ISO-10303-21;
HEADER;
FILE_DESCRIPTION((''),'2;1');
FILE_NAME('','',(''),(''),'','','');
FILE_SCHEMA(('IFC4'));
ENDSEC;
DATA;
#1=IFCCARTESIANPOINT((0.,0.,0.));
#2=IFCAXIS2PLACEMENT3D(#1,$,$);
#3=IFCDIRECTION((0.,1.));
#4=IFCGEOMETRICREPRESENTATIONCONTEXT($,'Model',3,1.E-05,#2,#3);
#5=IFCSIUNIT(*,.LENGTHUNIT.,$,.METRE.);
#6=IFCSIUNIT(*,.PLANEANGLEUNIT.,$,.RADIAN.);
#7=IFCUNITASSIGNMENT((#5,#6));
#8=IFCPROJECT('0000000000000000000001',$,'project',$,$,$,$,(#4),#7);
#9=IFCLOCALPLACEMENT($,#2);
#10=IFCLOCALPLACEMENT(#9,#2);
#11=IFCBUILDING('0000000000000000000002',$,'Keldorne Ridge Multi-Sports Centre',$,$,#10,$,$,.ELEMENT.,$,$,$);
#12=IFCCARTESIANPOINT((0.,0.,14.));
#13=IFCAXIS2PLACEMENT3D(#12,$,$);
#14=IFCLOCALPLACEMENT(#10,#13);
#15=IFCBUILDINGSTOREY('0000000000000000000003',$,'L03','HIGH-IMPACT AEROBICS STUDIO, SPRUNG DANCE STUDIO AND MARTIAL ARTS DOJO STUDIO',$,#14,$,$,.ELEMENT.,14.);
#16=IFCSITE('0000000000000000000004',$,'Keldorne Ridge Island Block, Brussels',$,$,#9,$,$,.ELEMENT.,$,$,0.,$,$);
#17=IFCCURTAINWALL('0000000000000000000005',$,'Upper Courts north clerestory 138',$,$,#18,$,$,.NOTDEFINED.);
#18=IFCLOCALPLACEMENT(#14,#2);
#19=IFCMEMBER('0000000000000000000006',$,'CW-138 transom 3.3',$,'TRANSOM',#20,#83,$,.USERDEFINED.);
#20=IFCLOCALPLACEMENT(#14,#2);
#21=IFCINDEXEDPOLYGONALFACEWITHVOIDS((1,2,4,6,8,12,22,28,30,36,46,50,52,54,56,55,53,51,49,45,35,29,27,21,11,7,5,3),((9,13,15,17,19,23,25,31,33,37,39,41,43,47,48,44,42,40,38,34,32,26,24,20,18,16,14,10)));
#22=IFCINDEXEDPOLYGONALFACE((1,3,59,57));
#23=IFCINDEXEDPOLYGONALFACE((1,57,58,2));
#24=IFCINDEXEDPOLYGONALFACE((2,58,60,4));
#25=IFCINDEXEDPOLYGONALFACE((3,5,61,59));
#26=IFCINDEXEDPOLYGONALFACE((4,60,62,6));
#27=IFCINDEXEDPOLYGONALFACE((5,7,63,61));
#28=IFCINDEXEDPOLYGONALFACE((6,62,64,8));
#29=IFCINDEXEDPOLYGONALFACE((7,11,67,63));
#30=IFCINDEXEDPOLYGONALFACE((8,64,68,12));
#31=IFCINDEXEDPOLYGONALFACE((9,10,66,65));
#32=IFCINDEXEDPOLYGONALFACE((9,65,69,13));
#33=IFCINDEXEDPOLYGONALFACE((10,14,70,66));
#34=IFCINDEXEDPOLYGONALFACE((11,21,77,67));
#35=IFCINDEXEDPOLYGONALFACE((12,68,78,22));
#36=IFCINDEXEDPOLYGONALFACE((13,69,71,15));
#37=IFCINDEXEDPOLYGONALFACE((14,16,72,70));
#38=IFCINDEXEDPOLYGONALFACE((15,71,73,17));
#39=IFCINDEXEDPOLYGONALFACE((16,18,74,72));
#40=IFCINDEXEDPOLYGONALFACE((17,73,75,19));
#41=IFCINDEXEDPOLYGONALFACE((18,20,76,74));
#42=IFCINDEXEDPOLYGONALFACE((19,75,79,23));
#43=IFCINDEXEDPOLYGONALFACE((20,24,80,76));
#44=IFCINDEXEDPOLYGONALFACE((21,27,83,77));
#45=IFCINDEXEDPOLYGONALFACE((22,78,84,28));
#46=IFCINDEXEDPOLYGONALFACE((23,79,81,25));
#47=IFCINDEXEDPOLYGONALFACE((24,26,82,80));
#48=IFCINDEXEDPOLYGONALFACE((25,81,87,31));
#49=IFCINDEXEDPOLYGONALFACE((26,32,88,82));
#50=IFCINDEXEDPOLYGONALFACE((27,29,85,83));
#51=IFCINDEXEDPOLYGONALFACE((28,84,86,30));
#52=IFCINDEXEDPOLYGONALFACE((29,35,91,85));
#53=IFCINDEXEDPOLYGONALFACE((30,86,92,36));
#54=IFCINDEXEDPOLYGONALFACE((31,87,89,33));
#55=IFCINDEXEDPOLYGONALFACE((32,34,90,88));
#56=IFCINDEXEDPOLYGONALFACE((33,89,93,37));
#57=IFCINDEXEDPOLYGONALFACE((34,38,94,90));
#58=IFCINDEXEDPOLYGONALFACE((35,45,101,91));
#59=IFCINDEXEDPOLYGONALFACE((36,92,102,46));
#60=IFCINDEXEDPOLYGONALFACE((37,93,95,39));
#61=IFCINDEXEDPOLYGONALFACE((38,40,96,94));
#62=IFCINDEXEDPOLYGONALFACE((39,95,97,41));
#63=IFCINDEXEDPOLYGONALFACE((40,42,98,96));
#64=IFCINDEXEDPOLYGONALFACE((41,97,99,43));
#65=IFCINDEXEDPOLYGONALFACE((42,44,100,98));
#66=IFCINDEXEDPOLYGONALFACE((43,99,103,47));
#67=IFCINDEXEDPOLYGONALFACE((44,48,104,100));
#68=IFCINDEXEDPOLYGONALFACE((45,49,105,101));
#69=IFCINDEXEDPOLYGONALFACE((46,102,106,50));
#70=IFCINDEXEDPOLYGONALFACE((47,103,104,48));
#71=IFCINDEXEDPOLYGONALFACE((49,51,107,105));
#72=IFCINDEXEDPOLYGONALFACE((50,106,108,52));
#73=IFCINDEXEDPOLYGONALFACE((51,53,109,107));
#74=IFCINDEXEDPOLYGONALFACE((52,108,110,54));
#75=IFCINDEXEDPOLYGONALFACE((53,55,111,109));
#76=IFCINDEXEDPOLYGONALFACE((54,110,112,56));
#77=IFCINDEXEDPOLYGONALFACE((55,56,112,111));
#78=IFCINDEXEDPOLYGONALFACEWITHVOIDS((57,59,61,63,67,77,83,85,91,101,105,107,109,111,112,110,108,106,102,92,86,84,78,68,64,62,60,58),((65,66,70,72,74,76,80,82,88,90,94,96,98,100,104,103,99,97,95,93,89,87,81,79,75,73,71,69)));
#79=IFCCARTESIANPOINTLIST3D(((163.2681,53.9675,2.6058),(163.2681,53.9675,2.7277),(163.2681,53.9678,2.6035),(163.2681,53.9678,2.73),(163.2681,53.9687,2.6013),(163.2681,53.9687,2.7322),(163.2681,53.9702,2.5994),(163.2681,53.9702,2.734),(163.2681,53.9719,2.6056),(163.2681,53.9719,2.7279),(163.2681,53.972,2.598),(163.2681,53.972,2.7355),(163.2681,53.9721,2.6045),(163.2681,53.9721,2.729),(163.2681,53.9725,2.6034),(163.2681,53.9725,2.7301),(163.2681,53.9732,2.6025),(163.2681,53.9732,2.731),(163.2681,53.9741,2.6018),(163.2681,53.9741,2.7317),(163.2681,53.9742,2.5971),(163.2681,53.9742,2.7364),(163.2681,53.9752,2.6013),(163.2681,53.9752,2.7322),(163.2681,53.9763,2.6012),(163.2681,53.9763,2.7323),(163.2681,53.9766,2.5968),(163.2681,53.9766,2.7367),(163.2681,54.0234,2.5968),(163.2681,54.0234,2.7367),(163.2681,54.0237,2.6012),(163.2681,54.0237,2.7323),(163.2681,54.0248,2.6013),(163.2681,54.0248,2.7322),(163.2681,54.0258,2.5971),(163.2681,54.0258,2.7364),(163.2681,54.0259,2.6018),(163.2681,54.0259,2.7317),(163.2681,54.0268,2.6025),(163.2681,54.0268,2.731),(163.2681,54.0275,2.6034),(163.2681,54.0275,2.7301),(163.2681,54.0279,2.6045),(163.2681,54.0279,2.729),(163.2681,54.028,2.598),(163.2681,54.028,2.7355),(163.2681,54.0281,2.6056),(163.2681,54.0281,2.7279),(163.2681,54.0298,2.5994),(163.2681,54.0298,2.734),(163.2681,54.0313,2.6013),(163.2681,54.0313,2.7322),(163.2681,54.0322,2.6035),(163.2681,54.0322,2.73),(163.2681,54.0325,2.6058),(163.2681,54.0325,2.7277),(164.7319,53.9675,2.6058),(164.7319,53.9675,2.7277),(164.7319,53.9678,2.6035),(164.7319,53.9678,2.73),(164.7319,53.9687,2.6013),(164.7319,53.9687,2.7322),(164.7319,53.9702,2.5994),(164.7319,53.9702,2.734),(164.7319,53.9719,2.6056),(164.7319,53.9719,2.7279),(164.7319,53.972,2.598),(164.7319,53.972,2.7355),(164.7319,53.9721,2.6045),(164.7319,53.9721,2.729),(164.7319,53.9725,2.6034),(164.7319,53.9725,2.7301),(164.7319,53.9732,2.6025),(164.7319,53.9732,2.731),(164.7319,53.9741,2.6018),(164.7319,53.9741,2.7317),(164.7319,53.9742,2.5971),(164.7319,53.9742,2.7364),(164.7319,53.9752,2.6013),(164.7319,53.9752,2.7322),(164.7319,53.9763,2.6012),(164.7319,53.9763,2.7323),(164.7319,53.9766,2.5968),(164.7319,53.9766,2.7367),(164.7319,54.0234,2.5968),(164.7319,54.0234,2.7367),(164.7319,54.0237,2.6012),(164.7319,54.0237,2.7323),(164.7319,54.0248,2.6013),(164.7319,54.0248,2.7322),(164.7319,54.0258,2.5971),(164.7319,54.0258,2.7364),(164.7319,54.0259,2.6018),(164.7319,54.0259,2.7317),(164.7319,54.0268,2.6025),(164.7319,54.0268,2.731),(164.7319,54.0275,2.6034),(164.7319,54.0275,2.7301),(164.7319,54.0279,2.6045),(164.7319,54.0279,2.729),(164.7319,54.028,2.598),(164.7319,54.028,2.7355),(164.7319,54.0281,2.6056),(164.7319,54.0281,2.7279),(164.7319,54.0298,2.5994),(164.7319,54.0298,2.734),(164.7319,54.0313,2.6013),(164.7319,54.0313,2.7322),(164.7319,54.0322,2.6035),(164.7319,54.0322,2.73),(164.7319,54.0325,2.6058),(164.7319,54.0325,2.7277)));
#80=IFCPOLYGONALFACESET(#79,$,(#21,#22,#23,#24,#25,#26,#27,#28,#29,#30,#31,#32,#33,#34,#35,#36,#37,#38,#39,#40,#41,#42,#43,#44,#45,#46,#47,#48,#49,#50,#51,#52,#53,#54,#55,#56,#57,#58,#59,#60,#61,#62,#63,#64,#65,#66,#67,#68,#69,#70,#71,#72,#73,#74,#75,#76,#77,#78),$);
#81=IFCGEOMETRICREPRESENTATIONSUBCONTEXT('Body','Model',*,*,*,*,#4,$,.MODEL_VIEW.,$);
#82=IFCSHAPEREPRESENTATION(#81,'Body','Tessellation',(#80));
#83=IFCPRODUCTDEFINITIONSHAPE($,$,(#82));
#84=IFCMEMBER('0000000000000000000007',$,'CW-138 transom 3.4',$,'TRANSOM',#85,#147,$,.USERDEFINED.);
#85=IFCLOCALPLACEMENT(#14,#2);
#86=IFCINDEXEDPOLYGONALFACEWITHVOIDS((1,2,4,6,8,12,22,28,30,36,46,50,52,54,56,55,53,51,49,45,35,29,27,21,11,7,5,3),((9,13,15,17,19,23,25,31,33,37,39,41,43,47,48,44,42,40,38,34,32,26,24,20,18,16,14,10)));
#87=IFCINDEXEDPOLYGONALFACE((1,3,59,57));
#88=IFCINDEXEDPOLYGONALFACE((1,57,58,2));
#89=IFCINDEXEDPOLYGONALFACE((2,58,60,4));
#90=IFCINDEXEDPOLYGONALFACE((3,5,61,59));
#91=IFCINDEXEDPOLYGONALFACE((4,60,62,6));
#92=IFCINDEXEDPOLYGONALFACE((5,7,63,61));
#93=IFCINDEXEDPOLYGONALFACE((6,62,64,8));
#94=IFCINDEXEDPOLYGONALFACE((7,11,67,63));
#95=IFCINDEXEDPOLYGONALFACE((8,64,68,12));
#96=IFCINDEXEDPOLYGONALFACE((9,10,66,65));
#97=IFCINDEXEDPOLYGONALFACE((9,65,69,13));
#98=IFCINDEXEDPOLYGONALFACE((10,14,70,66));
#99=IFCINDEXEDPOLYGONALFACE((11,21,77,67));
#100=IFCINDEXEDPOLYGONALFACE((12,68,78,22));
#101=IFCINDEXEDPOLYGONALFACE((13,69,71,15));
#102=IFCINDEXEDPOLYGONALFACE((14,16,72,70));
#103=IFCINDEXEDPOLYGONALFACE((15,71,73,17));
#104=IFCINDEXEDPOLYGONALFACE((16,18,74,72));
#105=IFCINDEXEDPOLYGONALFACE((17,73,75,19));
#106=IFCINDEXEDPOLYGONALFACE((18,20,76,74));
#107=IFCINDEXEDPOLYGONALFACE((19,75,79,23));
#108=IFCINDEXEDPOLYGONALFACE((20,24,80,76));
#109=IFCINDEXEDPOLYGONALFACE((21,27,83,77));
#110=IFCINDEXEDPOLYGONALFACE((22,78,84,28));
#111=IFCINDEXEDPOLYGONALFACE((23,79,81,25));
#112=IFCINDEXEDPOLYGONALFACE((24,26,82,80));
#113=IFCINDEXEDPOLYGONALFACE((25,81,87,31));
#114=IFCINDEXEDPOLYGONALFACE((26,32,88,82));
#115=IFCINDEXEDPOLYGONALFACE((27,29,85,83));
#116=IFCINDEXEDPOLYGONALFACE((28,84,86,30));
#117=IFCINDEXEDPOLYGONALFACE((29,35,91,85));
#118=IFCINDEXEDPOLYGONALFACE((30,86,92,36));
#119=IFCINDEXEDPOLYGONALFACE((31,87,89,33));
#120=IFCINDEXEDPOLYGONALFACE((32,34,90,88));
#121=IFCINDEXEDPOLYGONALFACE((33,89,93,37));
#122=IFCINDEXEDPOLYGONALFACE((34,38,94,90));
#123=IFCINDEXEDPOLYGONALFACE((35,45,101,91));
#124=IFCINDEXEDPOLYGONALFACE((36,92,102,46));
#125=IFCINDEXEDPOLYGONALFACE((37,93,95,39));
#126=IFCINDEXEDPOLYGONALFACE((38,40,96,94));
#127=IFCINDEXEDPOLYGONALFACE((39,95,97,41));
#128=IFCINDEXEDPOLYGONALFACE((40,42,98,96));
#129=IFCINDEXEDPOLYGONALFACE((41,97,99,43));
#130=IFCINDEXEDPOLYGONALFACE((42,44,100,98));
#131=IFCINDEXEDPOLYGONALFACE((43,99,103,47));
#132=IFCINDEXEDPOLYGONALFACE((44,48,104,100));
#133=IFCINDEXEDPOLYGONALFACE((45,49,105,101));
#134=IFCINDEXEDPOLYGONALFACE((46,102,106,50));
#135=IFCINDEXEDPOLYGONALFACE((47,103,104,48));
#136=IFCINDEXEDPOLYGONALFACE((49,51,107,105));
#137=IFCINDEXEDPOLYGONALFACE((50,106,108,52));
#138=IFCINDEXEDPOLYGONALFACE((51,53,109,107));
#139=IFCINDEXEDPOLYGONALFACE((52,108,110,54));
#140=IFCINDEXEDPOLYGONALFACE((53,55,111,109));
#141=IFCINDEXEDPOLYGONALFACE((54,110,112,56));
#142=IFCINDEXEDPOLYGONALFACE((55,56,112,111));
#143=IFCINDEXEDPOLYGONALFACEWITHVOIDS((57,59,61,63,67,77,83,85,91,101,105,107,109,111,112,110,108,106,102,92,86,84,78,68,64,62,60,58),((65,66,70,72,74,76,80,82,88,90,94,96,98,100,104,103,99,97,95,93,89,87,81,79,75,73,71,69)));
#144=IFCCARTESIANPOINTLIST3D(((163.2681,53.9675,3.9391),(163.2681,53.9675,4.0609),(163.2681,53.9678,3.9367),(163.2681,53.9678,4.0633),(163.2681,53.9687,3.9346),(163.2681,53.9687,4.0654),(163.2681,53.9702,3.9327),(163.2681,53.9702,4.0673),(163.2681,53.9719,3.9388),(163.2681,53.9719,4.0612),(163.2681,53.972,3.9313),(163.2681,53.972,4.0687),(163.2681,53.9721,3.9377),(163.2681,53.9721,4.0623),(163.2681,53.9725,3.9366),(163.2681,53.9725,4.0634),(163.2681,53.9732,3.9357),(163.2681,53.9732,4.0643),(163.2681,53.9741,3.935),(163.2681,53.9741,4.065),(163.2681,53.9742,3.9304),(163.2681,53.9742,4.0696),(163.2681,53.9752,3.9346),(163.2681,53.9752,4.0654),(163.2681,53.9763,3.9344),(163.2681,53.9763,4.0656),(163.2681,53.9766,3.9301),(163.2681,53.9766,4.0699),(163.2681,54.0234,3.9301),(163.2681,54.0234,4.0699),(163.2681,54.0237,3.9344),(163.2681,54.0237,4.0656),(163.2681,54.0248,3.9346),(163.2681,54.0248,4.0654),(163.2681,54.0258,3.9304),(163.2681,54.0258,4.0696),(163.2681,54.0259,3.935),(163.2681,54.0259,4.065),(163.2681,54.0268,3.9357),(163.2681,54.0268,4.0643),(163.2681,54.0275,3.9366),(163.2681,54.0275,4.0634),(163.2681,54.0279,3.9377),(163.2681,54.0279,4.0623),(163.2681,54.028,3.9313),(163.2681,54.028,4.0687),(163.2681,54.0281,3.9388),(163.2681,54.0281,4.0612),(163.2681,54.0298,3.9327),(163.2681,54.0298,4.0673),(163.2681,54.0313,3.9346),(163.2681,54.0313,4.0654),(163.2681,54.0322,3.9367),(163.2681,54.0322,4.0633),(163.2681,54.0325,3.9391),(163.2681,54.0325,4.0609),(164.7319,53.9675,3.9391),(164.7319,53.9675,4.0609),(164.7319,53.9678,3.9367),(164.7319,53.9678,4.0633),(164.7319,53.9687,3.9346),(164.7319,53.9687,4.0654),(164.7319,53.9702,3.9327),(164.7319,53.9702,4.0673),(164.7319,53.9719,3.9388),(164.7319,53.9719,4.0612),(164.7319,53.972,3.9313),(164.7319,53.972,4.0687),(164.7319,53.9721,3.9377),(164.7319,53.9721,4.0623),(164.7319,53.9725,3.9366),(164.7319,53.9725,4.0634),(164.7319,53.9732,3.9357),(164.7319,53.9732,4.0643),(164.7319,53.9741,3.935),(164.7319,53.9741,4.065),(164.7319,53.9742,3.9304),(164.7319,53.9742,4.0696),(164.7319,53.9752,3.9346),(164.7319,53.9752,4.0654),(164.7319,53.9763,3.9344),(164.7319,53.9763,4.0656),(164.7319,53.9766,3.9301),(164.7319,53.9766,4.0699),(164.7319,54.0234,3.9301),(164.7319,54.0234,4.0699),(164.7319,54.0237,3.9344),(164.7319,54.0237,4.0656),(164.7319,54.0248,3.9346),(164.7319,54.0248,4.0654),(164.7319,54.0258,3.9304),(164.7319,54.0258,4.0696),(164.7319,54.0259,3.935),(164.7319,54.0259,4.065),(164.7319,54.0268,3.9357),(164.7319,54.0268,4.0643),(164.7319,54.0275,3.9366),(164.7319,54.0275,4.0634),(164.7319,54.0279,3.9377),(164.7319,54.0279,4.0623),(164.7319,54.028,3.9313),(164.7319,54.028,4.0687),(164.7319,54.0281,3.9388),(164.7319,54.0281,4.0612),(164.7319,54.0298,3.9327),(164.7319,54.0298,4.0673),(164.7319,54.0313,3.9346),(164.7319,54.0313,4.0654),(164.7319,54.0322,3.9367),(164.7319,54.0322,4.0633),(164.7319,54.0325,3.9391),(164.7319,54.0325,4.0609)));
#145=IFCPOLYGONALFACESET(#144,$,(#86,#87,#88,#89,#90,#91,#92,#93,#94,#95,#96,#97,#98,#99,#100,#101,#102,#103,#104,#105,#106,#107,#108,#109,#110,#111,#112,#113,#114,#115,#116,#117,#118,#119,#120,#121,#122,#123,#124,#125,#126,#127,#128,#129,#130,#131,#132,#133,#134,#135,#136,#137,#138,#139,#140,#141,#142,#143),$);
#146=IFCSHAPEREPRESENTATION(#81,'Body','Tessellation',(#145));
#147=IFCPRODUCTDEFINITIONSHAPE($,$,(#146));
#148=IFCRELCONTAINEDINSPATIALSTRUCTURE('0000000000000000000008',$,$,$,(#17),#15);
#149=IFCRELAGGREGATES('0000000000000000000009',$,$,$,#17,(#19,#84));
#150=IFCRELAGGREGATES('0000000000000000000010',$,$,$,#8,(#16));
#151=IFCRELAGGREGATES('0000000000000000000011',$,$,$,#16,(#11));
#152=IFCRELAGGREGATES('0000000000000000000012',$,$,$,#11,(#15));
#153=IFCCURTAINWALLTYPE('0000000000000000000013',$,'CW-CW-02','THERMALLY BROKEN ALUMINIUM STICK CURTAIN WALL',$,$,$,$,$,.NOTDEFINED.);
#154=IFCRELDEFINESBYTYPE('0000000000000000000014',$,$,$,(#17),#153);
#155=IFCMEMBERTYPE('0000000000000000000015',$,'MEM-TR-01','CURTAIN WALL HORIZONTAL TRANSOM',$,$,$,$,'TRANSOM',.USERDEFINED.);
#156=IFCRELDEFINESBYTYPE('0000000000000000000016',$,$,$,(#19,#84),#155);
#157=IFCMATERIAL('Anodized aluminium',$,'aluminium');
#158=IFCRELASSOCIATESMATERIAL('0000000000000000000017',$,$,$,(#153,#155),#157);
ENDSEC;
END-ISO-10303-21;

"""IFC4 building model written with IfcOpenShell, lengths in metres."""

from ifc_helpers import new_model, si_unit, direction, frame, origin, origin_2d, place, context, subcontext, project, spatial, hollow_rectangle, extrude, material, material_profile, profile_set, type_object, element, aggregate, save


model = new_model("IFC4")

# Units and contexts
model_context = context("Model", 3, precision=1e-05, world=origin(), true_north=direction((0.0, 1.0)))
body_context = subcontext(model_context, "Body", "Model", "MODEL_VIEW")
ifc_project = project(units=[si_unit("LENGTHUNIT", "METRE"), si_unit("PLANEANGLEUNIT", "RADIAN")], contexts=[model_context])

# Site, building, storey
site_placement = place(None, origin())
site = spatial("IfcSite", under=ifc_project, at=site_placement, Name="Keldorne Ridge Island Block, Brussels", CompositionType="ELEMENT", RefElevation=0.0)
building_placement = place(site_placement, origin())
building = spatial("IfcBuilding", under=site, at=building_placement, Name="Keldorne Ridge Multi-Sports Centre", CompositionType="ELEMENT")
storey_placement = place(building_placement, frame((0.0, 0.0, 14.0)))
storey = spatial("IfcBuildingStorey", under=building, at=storey_placement, Name="L03", Description="HIGH-IMPACT AEROBICS STUDIO, SPRUNG DANCE STUDIO AND MARTIAL ARTS DOJO STUDIO", CompositionType="ELEMENT", Elevation=14.0)

# Curtain wall, members
ifc_material_1 = material(Name="Anodized aluminium", Category="aluminium")
curtain_wall_type = type_object("IfcCurtainWallType", Name="CW-CW-02", Description="THERMALLY BROKEN ALUMINIUM STICK CURTAIN WALL", PredefinedType="NOTDEFINED", material=ifc_material_1)
curtain_wall_placement = place(storey_placement, origin())
curtain_wall = element("IfcCurtainWall", 1, at=curtain_wall_placement, inside=storey, type_object=curtain_wall_type, Name="Upper Courts north clerestory 138", PredefinedType="NOTDEFINED")
ifc_material_profile_1 = material_profile(ifc_material_1, hollow_rectangle(XDim=0.0649, YDim=0.1399, WallThickness=0.0044, InnerFilletRadius=0.0044, OuterFilletRadius=0.009, at=origin_2d()), Name="ALU TRANSOM 140x65x4.5")
ifc_profile_set_1 = profile_set([ifc_material_profile_1], Name="Anodized aluminium")
member_type_1 = type_object("IfcMemberType", Name="MEM-TR-01", Description="CURTAIN WALL HORIZONTAL TRANSOM", ElementType="TRANSOM", PredefinedType="USERDEFINED", material=ifc_profile_set_1)
member_1_placement = place(storey_placement, frame((164.7319, 54.0, 2.6667), z_axis=(-1.0, 0.0, 0.0), x_axis=(0.0, -1.0, 0.0)))
member_1 = element("IfcMember", 2, at=member_1_placement, type_object=member_type_1, Name="CW-138 transom 3.3", ObjectType="TRANSOM", PredefinedType="USERDEFINED", context=body_context, shape_type="SweptSolid", body=[
    extrude(hollow_rectangle(XDim=0.0649, YDim=0.1399, WallThickness=0.0044, InnerFilletRadius=0.0044, OuterFilletRadius=0.009, at=origin_2d()), origin(), (0.0, 0.0, 1.0), 1.4639),
])
member_2_placement = place(storey_placement, frame((164.7319, 54.0, 4.0), z_axis=(-1.0, 0.0, 0.0), x_axis=(0.0, -1.0, 0.0)))
member_2 = element("IfcMember", 3, at=member_2_placement, type_object=member_type_1, Name="CW-138 transom 3.4", ObjectType="TRANSOM", PredefinedType="USERDEFINED", context=body_context, shape_type="SweptSolid", body=[
    extrude(hollow_rectangle(XDim=0.0649, YDim=0.1399, WallThickness=0.0044, InnerFilletRadius=0.0044, OuterFilletRadius=0.009, at=origin_2d()), origin(), (0.0, 0.0, 1.0), 1.4639),
])

aggregate(curtain_wall, [member_1, member_2])

save(model, "model.ifc")
